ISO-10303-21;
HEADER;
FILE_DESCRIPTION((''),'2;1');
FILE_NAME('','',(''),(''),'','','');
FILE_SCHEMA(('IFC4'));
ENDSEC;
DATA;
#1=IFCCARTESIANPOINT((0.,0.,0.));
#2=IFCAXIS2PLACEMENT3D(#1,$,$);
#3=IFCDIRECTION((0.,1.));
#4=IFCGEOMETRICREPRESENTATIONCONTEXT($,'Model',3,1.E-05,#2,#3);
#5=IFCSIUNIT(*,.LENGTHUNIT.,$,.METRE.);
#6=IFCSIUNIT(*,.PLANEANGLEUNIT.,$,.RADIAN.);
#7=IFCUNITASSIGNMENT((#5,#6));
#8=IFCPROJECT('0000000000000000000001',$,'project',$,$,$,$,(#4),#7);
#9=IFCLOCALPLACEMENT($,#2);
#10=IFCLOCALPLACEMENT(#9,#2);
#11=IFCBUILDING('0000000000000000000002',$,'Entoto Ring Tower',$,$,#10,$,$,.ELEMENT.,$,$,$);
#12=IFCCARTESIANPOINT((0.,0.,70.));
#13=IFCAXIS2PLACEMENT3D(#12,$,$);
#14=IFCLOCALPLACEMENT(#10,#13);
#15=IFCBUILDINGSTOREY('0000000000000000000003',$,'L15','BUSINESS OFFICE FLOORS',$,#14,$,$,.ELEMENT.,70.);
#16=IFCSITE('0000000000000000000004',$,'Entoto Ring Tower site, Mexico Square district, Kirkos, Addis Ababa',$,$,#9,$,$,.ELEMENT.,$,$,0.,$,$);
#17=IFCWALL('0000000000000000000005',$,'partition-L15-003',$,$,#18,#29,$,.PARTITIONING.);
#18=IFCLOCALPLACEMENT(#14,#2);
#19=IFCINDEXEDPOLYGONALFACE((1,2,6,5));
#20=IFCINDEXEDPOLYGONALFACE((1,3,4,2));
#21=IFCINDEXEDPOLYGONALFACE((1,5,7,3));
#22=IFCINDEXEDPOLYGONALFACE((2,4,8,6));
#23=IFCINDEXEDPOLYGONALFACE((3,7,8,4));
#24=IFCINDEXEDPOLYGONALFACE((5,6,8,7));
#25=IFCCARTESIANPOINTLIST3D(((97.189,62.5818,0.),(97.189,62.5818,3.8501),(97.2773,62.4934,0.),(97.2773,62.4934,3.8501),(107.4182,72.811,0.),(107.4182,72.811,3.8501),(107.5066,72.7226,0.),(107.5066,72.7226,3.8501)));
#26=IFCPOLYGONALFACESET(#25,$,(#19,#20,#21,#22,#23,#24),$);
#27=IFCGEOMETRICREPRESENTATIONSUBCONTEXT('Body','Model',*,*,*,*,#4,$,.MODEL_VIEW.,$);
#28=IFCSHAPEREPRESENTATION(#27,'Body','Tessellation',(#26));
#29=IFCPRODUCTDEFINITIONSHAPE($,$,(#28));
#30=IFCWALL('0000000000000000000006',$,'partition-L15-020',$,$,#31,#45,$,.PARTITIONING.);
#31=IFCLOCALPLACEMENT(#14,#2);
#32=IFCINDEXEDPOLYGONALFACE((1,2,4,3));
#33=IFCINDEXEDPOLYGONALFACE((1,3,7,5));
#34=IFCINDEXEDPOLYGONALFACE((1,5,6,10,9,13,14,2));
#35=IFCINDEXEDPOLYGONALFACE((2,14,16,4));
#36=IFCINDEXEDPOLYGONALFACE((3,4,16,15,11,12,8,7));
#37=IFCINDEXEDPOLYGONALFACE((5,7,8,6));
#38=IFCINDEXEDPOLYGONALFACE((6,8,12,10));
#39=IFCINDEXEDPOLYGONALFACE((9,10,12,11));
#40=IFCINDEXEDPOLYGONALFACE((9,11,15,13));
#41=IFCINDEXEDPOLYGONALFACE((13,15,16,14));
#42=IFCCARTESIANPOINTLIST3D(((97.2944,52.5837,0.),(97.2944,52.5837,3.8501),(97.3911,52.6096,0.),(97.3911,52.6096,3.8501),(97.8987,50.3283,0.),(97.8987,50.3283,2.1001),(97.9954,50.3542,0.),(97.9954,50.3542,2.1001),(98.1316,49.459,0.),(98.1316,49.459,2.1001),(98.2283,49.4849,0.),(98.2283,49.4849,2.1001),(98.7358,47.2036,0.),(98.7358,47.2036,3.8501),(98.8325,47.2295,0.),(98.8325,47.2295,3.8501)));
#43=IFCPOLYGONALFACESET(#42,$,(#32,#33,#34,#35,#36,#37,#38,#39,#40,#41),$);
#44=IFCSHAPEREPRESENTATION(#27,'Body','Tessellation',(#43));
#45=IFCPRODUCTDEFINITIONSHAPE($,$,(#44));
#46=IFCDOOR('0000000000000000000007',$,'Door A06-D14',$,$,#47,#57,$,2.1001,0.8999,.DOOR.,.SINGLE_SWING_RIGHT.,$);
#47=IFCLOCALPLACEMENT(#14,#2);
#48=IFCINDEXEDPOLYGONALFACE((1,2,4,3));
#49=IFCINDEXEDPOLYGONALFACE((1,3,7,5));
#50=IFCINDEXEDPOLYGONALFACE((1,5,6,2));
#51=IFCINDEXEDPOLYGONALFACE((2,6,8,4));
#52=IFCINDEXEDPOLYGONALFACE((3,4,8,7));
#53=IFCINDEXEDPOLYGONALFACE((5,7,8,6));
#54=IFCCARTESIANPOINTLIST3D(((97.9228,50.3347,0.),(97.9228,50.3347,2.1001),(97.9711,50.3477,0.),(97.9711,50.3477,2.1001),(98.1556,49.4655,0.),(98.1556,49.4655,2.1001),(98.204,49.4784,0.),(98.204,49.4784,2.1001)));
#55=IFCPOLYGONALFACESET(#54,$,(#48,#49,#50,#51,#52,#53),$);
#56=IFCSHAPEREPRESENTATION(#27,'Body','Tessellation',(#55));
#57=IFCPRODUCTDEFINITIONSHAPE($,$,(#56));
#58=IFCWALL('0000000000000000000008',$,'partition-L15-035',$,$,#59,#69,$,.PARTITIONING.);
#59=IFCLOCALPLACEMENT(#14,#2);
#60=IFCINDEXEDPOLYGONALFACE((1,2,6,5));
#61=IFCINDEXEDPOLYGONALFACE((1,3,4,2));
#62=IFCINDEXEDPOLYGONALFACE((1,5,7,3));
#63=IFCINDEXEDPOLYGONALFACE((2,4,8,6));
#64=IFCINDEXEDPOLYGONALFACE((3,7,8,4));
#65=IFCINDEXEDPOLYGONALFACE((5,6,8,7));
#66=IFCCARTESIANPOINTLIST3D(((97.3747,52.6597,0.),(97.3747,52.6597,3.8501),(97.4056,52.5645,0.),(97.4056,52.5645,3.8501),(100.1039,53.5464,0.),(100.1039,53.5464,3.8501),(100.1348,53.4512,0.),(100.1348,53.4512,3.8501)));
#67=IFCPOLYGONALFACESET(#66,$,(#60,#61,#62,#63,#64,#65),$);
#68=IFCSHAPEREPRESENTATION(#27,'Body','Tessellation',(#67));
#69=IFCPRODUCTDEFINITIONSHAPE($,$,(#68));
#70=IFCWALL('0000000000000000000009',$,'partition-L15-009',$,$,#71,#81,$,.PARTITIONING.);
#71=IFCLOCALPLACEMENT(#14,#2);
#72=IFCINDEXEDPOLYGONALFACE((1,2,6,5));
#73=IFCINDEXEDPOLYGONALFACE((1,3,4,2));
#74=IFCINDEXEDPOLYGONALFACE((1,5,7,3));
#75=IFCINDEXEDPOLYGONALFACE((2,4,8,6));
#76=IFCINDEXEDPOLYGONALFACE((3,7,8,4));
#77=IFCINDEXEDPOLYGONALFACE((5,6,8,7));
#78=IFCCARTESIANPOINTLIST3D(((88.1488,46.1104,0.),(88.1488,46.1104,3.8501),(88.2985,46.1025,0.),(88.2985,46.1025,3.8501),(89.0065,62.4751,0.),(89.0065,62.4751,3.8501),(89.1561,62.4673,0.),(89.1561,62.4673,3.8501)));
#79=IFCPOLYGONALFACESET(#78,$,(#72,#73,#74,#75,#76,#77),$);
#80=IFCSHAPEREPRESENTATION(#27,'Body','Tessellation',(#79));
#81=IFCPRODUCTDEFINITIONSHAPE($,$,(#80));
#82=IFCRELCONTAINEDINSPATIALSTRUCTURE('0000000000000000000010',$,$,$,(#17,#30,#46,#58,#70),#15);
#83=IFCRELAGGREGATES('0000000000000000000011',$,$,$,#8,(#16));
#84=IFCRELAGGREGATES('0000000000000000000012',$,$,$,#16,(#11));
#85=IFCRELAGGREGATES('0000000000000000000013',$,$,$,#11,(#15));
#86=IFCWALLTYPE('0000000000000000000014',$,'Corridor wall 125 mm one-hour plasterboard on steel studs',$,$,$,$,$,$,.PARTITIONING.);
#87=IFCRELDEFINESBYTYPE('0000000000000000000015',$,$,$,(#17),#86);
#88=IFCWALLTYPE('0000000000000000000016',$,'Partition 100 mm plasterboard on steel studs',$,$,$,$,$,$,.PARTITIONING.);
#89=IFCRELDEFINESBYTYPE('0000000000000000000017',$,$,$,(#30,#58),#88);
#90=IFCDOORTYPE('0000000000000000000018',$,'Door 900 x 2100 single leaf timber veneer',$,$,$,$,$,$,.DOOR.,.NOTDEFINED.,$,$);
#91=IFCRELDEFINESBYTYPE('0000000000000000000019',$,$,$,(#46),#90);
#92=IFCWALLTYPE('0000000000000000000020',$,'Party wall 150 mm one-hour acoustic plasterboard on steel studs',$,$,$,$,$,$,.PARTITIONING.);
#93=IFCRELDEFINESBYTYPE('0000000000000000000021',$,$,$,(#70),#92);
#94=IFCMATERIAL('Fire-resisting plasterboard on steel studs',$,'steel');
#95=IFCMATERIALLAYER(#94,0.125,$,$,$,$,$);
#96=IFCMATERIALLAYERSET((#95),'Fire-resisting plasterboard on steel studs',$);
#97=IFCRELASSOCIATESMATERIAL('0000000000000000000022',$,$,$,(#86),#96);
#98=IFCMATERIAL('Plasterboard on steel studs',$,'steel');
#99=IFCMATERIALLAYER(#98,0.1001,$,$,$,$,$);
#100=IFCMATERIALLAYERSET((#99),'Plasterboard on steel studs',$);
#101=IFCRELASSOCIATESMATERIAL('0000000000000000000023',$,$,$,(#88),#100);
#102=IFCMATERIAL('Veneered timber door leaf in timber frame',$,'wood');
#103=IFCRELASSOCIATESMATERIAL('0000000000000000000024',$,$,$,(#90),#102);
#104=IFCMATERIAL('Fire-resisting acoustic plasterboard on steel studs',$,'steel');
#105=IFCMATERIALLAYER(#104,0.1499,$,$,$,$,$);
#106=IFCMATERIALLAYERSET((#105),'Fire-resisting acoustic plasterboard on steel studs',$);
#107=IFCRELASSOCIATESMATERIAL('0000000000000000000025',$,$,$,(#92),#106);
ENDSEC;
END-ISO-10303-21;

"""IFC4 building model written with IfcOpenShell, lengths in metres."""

from ifc_helpers import new_model, si_unit, direction, frame, frame_2d, origin, place, context, subcontext, project, spatial, rectangle, extrude, material, layer, layer_set, type_object, element, fill, save


model = new_model("IFC4")

# Units and contexts
model_context = context("Model", 3, precision=1e-05, world=origin(), true_north=direction((0.0, 1.0)))
body_context = subcontext(model_context, "Body", "Model", "MODEL_VIEW")
ifc_project = project(units=[si_unit("LENGTHUNIT", "METRE"), si_unit("PLANEANGLEUNIT", "RADIAN")], contexts=[model_context])

# Site, building, storey
site_placement = place(None, origin())
site = spatial("IfcSite", under=ifc_project, at=site_placement, Name="Entoto Ring Tower site, Mexico Square district, Kirkos, Addis Ababa", CompositionType="ELEMENT", RefElevation=0.0)
building_placement = place(site_placement, origin())
building = spatial("IfcBuilding", under=site, at=building_placement, Name="Entoto Ring Tower", CompositionType="ELEMENT")
storey_placement = place(building_placement, frame((0.0, 0.0, 70.0)))
storey = spatial("IfcBuildingStorey", under=building, at=storey_placement, Name="L15", Description="BUSINESS OFFICE FLOORS", CompositionType="ELEMENT", Elevation=70.0)

# Wall
ifc_material_1 = material(Name="Fire-resisting plasterboard on steel studs", Category="steel")
ifc_layer_1 = layer(ifc_material_1, 0.125)
ifc_layer_set_1 = layer_set([ifc_layer_1], Name="Fire-resisting plasterboard on steel studs")
wall_type_1 = type_object("IfcWallType", Name="Corridor wall 125 mm one-hour plasterboard on steel studs", PredefinedType="PARTITIONING", material=ifc_layer_set_1)
wall_1_placement = place(storey_placement, frame((97.2332, 62.5376, 0.0), z_axis=(0.0, 0.0, 1.0), x_axis=(0.707107, 0.707107, 0.0)))
element("IfcWall", 1, at=wall_1_placement, inside=storey, type_object=wall_type_1, Name="partition-L15-003", PredefinedType="PARTITIONING", context=body_context, shape_type="SweptSolid", body=[
    extrude(rectangle(XDim=14.4663, YDim=0.125, at=frame_2d((7.2332, 0.0))), origin(), (0.0, 0.0, 1.0), 3.8501),
])

# Wall, opening, door
ifc_material_2 = material(Name="Plasterboard on steel studs", Category="steel")
ifc_layer_2 = layer(ifc_material_2, 0.1001)
ifc_layer_set_2 = layer_set([ifc_layer_2], Name="Plasterboard on steel studs")
wall_type_2 = type_object("IfcWallType", Name="Partition 100 mm plasterboard on steel studs", PredefinedType="PARTITIONING", material=ifc_layer_set_2)
wall_2_placement = place(storey_placement, frame((98.7842, 47.2166, 0.0), z_axis=(0.0, 0.0, 1.0), x_axis=(-0.258786, 0.965935, 0.0)))
wall_2 = element("IfcWall", 2, at=wall_2_placement, inside=storey, type_object=wall_type_2, Name="partition-L15-020", PredefinedType="PARTITIONING", context=body_context, shape_type="SweptSolid", body=[
    extrude(rectangle(XDim=5.5698, YDim=0.1001, at=frame_2d((2.7849, 0.0))), origin(), (0.0, 0.0, 1.0), 3.8501),
])
opening_placement = place(wall_2_placement, frame((2.335, 0.0, 0.0)))
opening = element("IfcOpeningElement", 3, at=opening_placement, cuts=wall_2, PredefinedType="OPENING", context=body_context, shape_type="SweptSolid", body=[
    extrude(rectangle(XDim=0.8999, YDim=2.1001, at=frame_2d((0.45, 1.05))), frame((0.0, 0.0601, 0.0), z_axis=(0.0, -1.0, 0.0), x_axis=(1.0, 0.0, 0.0)), (0.0, 0.0, 1.0), 0.1201),
])
ifc_material_3 = material(Name="Veneered timber door leaf in timber frame", Category="wood")
door_type = type_object("IfcDoorType", Name="Door 900 x 2100 single leaf timber veneer", OperationType="NOTDEFINED", PredefinedType="DOOR", material=ifc_material_3)
door_placement = place(opening_placement, frame((0.8999, 0.0, 0.0), z_axis=(0.0, 0.0, 1.0), x_axis=(-1.0, 0.0, 0.0)))
door = element("IfcDoor", 4, at=door_placement, inside=storey, type_object=door_type, Name="Door A06-D14", OperationType="SINGLE_SWING_RIGHT", OverallHeight=2.1001, OverallWidth=0.8999, PredefinedType="DOOR", context=body_context, shape_type="SweptSolid", body=[
    extrude(rectangle(XDim=0.8999, YDim=2.1001, at=frame_2d((0.45, 1.05))), frame((0.0, 0.0249, 0.0), z_axis=(0.0, -1.0, 0.0), x_axis=(1.0, 0.0, 0.0)), (0.0, 0.0, 1.0), 0.05),
])
fill(opening, door)

# Walls
wall_3_placement = place(storey_placement, frame((97.3901, 52.6121, 0.0), z_axis=(0.0, 0.0, 1.0), x_axis=(0.951063, 0.308996, 0.0)))
element("IfcWall", 5, at=wall_3_placement, inside=storey, type_object=wall_type_2, Name="partition-L15-035", PredefinedType="PARTITIONING", context=body_context, shape_type="SweptSolid", body=[
    extrude(rectangle(XDim=2.8696, YDim=0.1001, at=frame_2d((1.4348, 0.0))), origin(), (0.0, 0.0, 1.0), 3.8501),
])
ifc_material_4 = material(Name="Fire-resisting acoustic plasterboard on steel studs", Category="steel")
ifc_layer_3 = layer(ifc_material_4, 0.1499)
ifc_layer_set_3 = layer_set([ifc_layer_3], Name="Fire-resisting acoustic plasterboard on steel studs")
wall_type_3 = type_object("IfcWallType", Name="Party wall 150 mm one-hour acoustic plasterboard on steel studs", PredefinedType="PARTITIONING", material=ifc_layer_set_3)
wall_4_placement = place(storey_placement, frame((88.2236, 46.1064, 0.0), z_axis=(0.0, 0.0, 1.0), x_axis=(0.052338, 0.998629, 0.0)))
element("IfcWall", 6, at=wall_4_placement, inside=storey, type_object=wall_type_3, Name="partition-L15-009", PredefinedType="PARTITIONING", context=body_context, shape_type="SweptSolid", body=[
    extrude(rectangle(XDim=16.3872, YDim=0.1499, at=frame_2d((8.1936, 0.0))), origin(), (0.0, 0.0, 1.0), 3.8501),
])

save(model, "model.ifc")
